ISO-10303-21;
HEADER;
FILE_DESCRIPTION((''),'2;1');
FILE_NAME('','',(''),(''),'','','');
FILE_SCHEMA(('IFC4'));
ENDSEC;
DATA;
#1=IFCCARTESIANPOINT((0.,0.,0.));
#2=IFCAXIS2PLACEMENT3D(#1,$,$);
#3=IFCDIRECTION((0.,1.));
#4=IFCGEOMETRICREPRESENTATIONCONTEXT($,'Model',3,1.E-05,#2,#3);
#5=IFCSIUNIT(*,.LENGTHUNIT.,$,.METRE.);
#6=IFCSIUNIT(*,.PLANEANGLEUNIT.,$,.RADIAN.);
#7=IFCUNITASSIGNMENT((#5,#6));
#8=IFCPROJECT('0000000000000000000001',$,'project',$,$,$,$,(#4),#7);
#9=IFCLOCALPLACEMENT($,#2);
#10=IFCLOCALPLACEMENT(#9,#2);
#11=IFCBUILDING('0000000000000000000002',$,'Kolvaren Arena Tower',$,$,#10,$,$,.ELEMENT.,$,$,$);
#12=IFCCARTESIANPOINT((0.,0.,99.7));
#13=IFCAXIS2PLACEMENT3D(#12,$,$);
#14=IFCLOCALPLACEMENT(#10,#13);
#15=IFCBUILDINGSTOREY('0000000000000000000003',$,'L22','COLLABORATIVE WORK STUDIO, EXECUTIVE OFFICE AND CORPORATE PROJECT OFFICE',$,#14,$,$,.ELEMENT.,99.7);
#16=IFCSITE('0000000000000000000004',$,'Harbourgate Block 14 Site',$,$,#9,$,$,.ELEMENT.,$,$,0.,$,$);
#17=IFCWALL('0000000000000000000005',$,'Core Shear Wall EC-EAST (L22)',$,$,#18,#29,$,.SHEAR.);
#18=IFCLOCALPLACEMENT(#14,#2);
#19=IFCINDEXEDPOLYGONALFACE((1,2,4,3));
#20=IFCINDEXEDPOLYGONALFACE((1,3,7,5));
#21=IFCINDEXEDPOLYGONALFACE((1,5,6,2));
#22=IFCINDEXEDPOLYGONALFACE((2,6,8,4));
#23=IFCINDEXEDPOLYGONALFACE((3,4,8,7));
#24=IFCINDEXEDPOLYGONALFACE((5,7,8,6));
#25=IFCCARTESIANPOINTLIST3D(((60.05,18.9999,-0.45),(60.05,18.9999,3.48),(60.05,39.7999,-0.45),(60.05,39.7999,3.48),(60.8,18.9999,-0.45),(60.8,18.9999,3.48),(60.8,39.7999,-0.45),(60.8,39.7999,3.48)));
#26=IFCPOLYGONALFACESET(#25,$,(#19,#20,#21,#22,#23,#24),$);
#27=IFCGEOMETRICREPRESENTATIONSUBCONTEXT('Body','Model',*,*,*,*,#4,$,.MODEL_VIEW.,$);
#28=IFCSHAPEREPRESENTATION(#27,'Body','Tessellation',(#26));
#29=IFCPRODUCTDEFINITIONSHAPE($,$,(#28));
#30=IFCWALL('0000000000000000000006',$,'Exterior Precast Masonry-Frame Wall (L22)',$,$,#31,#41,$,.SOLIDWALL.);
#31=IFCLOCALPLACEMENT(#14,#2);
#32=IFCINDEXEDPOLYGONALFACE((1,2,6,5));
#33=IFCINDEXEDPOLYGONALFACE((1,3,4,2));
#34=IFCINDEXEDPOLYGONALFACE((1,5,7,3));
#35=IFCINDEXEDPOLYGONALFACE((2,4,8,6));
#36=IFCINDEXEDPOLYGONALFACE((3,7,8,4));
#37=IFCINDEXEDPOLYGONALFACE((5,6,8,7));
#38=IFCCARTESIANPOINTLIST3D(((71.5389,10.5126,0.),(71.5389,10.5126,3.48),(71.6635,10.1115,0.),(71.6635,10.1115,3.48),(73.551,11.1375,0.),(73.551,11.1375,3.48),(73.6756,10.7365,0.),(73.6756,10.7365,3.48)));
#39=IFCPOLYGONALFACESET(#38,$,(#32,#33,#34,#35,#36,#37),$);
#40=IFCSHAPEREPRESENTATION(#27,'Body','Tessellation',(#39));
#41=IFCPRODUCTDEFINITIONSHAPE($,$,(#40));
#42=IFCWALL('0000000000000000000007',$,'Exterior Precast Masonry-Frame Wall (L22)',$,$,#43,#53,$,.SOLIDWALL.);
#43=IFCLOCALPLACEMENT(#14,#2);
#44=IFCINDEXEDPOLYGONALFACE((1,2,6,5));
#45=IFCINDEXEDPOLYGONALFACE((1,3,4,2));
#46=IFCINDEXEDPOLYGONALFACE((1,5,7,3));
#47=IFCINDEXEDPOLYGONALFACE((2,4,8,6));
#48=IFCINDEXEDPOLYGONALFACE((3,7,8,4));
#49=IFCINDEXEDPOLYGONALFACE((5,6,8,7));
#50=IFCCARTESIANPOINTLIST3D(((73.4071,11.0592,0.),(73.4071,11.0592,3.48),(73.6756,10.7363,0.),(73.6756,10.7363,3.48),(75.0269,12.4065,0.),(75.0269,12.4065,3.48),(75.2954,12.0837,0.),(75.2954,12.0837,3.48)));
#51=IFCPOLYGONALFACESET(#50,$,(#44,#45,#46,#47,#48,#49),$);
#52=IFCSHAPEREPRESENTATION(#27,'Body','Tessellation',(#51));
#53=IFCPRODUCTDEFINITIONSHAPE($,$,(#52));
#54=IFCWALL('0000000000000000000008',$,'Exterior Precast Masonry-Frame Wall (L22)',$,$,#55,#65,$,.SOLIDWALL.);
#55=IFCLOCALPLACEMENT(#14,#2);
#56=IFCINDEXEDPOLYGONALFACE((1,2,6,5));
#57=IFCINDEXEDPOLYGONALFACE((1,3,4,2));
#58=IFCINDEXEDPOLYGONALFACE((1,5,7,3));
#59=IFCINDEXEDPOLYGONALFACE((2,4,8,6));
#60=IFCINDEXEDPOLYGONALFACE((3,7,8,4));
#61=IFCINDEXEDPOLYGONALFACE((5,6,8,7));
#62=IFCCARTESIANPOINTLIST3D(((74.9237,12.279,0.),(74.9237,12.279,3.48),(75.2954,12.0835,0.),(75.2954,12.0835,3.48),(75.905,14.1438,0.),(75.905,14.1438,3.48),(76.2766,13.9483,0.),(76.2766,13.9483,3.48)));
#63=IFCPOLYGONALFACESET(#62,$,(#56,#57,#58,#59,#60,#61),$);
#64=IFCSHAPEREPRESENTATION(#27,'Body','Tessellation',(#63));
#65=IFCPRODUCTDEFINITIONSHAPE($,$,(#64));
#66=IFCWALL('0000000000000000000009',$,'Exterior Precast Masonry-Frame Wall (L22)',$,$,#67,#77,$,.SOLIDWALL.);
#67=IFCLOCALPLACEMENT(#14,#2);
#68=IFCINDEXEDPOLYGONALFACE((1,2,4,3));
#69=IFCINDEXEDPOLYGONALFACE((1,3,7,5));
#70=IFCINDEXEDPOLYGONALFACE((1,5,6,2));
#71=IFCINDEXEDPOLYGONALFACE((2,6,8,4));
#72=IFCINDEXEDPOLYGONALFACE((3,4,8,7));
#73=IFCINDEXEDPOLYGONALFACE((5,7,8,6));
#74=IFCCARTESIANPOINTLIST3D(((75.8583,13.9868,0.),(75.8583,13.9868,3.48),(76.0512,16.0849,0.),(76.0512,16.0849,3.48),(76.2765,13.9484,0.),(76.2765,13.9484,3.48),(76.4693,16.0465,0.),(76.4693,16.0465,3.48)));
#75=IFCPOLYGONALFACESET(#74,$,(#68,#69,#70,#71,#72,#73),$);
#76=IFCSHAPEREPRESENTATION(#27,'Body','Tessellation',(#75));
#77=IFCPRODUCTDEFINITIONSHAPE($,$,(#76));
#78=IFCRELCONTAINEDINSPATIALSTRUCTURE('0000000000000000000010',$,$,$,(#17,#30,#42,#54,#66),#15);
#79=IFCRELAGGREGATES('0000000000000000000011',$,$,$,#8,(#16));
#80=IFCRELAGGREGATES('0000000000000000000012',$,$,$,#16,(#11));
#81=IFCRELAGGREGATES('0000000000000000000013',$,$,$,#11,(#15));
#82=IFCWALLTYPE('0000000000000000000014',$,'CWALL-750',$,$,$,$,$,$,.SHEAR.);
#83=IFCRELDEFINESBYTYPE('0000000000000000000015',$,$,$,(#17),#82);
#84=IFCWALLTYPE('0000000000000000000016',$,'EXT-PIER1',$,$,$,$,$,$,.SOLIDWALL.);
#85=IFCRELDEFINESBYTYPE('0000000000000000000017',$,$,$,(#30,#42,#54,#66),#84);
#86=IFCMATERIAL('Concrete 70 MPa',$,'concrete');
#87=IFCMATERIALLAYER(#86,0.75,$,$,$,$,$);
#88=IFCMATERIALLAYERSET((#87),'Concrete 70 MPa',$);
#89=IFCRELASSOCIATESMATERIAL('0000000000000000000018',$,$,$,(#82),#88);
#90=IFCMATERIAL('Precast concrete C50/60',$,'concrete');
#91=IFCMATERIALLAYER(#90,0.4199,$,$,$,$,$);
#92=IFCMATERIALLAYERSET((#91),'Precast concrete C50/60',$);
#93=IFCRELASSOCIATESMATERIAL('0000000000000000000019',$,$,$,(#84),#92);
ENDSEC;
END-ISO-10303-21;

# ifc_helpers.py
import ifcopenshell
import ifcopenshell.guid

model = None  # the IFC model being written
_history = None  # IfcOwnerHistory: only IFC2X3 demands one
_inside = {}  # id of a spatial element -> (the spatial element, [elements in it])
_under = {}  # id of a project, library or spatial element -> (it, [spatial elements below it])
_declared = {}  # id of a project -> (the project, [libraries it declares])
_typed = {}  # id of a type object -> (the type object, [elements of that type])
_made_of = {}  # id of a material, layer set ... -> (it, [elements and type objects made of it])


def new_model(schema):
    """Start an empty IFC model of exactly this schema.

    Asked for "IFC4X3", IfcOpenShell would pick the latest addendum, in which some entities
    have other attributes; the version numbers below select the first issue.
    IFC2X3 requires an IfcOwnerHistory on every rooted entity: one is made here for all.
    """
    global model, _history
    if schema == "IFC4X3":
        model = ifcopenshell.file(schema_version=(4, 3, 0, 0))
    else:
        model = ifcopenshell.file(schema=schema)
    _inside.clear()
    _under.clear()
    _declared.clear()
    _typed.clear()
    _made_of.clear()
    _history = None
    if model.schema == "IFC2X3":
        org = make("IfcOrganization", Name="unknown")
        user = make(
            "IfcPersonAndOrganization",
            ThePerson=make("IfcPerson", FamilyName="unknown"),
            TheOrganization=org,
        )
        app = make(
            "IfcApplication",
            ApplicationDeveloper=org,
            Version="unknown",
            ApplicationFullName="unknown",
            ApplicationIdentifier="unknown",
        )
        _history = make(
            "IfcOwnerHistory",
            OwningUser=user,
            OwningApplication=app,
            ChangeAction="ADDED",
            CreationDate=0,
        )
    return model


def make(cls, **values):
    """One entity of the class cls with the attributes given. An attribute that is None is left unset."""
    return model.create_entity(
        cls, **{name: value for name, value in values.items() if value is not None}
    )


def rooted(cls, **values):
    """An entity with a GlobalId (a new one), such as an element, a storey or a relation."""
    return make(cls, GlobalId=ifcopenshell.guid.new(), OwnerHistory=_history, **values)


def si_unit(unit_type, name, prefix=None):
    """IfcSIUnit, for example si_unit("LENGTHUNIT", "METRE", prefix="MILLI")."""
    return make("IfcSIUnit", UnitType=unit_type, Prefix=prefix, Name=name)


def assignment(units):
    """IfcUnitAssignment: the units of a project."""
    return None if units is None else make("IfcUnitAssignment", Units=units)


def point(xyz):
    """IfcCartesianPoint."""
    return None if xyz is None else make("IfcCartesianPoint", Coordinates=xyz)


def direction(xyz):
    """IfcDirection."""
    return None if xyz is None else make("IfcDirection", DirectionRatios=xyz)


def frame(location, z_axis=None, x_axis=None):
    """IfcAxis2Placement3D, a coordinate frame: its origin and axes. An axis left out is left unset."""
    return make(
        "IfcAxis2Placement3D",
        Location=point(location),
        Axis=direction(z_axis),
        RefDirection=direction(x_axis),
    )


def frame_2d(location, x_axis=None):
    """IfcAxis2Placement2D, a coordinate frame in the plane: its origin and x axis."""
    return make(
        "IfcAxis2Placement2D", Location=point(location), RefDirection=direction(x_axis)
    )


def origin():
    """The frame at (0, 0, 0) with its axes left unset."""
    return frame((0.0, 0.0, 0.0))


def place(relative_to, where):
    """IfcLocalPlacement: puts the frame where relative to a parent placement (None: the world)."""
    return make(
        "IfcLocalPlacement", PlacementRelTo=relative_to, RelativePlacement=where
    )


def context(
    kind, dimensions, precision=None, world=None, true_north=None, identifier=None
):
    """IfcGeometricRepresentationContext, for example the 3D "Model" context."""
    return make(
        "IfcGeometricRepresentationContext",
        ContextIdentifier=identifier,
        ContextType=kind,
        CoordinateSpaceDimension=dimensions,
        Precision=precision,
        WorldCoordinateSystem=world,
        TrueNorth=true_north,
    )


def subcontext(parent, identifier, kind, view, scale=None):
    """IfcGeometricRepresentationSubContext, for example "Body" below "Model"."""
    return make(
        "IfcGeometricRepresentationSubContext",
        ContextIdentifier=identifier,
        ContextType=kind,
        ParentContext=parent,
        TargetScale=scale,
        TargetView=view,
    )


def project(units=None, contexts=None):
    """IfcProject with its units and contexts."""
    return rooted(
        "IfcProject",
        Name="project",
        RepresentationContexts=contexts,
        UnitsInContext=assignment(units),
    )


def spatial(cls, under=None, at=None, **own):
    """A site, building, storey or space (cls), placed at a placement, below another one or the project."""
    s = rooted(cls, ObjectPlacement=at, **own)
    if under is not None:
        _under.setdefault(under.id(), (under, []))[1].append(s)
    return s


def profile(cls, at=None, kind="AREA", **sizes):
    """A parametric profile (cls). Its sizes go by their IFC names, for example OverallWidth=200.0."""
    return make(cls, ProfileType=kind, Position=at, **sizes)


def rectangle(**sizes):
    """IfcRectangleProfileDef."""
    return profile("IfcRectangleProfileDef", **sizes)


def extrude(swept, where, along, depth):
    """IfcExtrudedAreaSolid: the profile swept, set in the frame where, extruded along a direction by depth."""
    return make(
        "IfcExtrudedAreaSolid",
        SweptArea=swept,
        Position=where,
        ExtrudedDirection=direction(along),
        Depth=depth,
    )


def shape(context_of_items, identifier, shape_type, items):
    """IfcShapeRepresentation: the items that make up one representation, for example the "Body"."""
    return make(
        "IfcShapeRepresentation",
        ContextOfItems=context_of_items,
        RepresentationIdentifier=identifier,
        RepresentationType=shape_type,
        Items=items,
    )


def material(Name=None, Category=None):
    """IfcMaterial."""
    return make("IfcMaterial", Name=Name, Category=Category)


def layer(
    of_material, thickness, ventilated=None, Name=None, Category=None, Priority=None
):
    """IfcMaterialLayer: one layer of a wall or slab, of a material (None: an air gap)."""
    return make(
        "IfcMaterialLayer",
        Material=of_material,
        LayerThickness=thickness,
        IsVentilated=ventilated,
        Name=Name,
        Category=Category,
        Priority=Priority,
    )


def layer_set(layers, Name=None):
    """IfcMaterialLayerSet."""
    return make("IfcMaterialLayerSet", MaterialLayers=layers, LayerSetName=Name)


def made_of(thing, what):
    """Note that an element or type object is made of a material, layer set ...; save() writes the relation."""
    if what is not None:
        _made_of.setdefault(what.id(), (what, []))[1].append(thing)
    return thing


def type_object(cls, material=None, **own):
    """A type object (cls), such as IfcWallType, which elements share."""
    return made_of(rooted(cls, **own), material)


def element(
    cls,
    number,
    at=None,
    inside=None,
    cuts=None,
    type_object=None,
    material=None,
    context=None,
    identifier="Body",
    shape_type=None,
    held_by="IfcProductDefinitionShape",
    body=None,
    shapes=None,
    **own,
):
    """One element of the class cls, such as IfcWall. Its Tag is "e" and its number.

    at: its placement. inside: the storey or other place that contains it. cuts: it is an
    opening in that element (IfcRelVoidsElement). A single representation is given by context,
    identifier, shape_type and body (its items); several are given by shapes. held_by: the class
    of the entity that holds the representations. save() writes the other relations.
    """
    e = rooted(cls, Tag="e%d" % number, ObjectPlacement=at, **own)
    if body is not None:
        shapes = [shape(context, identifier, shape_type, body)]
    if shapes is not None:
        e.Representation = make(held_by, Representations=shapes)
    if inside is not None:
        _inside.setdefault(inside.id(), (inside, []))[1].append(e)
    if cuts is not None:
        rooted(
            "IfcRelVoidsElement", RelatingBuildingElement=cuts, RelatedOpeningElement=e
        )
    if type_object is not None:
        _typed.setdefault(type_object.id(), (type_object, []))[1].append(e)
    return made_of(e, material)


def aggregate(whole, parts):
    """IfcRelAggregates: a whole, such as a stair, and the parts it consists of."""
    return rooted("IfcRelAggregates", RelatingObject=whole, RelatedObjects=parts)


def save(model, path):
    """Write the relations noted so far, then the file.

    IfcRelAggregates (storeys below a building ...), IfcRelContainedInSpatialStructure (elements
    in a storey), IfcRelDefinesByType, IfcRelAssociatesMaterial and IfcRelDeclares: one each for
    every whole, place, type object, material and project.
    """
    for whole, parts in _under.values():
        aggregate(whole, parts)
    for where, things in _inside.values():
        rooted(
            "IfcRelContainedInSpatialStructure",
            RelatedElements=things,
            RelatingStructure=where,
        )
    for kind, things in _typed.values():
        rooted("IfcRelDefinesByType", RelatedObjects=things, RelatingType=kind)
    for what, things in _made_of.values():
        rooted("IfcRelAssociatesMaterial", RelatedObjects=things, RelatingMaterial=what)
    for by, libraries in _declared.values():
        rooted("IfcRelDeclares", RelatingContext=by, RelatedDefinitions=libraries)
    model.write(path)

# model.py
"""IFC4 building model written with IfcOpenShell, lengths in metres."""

from ifc_helpers import new_model, si_unit, direction, frame, frame_2d, origin, place, context, subcontext, project, spatial, rectangle, extrude, material, layer, layer_set, type_object, element, save


model = new_model("IFC4")

# Units and contexts
model_context = context("Model", 3, precision=1e-05, world=origin(), true_north=direction((0.0, 1.0)))
body_context = subcontext(model_context, "Body", "Model", "MODEL_VIEW")
ifc_project = project(units=[si_unit("LENGTHUNIT", "METRE"), si_unit("PLANEANGLEUNIT", "RADIAN")], contexts=[model_context])

# Site, building, storey
site_placement = place(None, origin())
site = spatial("IfcSite", under=ifc_project, at=site_placement, Name="Harbourgate Block 14 Site", CompositionType="ELEMENT", RefElevation=0.0)
building_placement = place(site_placement, origin())
building = spatial("IfcBuilding", under=site, at=building_placement, Name="Kolvaren Arena Tower", CompositionType="ELEMENT")
storey_placement = place(building_placement, frame((0.0, 0.0, 99.7)))
storey = spatial("IfcBuildingStorey", under=building, at=storey_placement, Name="L22", Description="COLLABORATIVE WORK STUDIO, EXECUTIVE OFFICE AND CORPORATE PROJECT OFFICE", CompositionType="ELEMENT", Elevation=99.7)

# Walls
ifc_material_1 = material(Name="Concrete 70 MPa", Category="concrete")
ifc_layer_1 = layer(ifc_material_1, 0.75)
ifc_layer_set_1 = layer_set([ifc_layer_1], Name="Concrete 70 MPa")
wall_type_1 = type_object("IfcWallType", Name="CWALL-750", PredefinedType="SHEAR", material=ifc_layer_set_1)
wall_1_placement = place(storey_placement, frame((60.425, 19.0, -0.45), z_axis=(0.0, 0.0, 1.0), x_axis=(0.0, 1.0, 0.0)))
element("IfcWall", 1, at=wall_1_placement, inside=storey, type_object=wall_type_1, Name="Core Shear Wall EC-EAST (L22)", PredefinedType="SHEAR", context=body_context, shape_type="SweptSolid", body=[
    extrude(rectangle(XDim=20.8, YDim=0.75, at=frame_2d((10.3999, 0.0))), origin(), (0.0, 0.0, 1.0), 3.9299),
])
ifc_material_2 = material(Name="Precast concrete C50/60", Category="concrete")
ifc_layer_2 = layer(ifc_material_2, 0.4199)
ifc_layer_set_2 = layer_set([ifc_layer_2], Name="Precast concrete C50/60")
wall_type_2 = type_object("IfcWallType", Name="EXT-PIER1", PredefinedType="SOLIDWALL", material=ifc_layer_set_2)
for number, where, z_axis, x_axis, name in (
    (2, (73.6133, 10.937, 0.0), (0.0, 0.0, 1.0), (-0.954994, -0.296625, 0.0), "Exterior Precast Masonry-Frame Wall (L22)"),
    (3, (75.1611, 12.2451, 0.0), (0.0, 0.0, 1.0), (-0.7688, -0.639489, 0.0), "Exterior Precast Masonry-Frame Wall (L22)"),
):
    element("IfcWall", number, at=place(storey_placement, frame(where, z_axis=z_axis, x_axis=x_axis)), inside=storey, type_object=wall_type_2, Name=name, PredefinedType="SOLIDWALL", context=body_context, shape_type="SweptSolid", body=[
        extrude(rectangle(XDim=2.1069, YDim=0.4199, at=frame_2d((1.0535, 0.0))), origin(), (0.0, 0.0, 1.0), 3.48),
    ])
wall_2_placement = place(storey_placement, frame((76.0908, 14.0461, 0.0), z_axis=(0.0, 0.0, 1.0), x_axis=(-0.465656, -0.884966, 0.0)))
element("IfcWall", 4, at=wall_2_placement, inside=storey, type_object=wall_type_2, Name="Exterior Precast Masonry-Frame Wall (L22)", PredefinedType="SOLIDWALL", context=body_context, shape_type="SweptSolid", body=[
    extrude(rectangle(XDim=2.1072, YDim=0.4199, at=frame_2d((1.0537, 0.0))), origin(), (0.0, 0.0, 1.0), 3.48),
])
wall_3_placement = place(storey_placement, frame((76.2603, 16.0657, 0.0), z_axis=(0.0, 0.0, 1.0), x_axis=(-0.091539, -0.995802, 0.0)))
element("IfcWall", 5, at=wall_3_placement, inside=storey, type_object=wall_type_2, Name="Exterior Precast Masonry-Frame Wall (L22)", PredefinedType="SOLIDWALL", context=body_context, shape_type="SweptSolid", body=[
    extrude(rectangle(XDim=2.1069, YDim=0.4199, at=frame_2d((1.0535, 0.0))), origin(), (0.0, 0.0, 1.0), 3.48),
])

save(model, "model.ifc")
